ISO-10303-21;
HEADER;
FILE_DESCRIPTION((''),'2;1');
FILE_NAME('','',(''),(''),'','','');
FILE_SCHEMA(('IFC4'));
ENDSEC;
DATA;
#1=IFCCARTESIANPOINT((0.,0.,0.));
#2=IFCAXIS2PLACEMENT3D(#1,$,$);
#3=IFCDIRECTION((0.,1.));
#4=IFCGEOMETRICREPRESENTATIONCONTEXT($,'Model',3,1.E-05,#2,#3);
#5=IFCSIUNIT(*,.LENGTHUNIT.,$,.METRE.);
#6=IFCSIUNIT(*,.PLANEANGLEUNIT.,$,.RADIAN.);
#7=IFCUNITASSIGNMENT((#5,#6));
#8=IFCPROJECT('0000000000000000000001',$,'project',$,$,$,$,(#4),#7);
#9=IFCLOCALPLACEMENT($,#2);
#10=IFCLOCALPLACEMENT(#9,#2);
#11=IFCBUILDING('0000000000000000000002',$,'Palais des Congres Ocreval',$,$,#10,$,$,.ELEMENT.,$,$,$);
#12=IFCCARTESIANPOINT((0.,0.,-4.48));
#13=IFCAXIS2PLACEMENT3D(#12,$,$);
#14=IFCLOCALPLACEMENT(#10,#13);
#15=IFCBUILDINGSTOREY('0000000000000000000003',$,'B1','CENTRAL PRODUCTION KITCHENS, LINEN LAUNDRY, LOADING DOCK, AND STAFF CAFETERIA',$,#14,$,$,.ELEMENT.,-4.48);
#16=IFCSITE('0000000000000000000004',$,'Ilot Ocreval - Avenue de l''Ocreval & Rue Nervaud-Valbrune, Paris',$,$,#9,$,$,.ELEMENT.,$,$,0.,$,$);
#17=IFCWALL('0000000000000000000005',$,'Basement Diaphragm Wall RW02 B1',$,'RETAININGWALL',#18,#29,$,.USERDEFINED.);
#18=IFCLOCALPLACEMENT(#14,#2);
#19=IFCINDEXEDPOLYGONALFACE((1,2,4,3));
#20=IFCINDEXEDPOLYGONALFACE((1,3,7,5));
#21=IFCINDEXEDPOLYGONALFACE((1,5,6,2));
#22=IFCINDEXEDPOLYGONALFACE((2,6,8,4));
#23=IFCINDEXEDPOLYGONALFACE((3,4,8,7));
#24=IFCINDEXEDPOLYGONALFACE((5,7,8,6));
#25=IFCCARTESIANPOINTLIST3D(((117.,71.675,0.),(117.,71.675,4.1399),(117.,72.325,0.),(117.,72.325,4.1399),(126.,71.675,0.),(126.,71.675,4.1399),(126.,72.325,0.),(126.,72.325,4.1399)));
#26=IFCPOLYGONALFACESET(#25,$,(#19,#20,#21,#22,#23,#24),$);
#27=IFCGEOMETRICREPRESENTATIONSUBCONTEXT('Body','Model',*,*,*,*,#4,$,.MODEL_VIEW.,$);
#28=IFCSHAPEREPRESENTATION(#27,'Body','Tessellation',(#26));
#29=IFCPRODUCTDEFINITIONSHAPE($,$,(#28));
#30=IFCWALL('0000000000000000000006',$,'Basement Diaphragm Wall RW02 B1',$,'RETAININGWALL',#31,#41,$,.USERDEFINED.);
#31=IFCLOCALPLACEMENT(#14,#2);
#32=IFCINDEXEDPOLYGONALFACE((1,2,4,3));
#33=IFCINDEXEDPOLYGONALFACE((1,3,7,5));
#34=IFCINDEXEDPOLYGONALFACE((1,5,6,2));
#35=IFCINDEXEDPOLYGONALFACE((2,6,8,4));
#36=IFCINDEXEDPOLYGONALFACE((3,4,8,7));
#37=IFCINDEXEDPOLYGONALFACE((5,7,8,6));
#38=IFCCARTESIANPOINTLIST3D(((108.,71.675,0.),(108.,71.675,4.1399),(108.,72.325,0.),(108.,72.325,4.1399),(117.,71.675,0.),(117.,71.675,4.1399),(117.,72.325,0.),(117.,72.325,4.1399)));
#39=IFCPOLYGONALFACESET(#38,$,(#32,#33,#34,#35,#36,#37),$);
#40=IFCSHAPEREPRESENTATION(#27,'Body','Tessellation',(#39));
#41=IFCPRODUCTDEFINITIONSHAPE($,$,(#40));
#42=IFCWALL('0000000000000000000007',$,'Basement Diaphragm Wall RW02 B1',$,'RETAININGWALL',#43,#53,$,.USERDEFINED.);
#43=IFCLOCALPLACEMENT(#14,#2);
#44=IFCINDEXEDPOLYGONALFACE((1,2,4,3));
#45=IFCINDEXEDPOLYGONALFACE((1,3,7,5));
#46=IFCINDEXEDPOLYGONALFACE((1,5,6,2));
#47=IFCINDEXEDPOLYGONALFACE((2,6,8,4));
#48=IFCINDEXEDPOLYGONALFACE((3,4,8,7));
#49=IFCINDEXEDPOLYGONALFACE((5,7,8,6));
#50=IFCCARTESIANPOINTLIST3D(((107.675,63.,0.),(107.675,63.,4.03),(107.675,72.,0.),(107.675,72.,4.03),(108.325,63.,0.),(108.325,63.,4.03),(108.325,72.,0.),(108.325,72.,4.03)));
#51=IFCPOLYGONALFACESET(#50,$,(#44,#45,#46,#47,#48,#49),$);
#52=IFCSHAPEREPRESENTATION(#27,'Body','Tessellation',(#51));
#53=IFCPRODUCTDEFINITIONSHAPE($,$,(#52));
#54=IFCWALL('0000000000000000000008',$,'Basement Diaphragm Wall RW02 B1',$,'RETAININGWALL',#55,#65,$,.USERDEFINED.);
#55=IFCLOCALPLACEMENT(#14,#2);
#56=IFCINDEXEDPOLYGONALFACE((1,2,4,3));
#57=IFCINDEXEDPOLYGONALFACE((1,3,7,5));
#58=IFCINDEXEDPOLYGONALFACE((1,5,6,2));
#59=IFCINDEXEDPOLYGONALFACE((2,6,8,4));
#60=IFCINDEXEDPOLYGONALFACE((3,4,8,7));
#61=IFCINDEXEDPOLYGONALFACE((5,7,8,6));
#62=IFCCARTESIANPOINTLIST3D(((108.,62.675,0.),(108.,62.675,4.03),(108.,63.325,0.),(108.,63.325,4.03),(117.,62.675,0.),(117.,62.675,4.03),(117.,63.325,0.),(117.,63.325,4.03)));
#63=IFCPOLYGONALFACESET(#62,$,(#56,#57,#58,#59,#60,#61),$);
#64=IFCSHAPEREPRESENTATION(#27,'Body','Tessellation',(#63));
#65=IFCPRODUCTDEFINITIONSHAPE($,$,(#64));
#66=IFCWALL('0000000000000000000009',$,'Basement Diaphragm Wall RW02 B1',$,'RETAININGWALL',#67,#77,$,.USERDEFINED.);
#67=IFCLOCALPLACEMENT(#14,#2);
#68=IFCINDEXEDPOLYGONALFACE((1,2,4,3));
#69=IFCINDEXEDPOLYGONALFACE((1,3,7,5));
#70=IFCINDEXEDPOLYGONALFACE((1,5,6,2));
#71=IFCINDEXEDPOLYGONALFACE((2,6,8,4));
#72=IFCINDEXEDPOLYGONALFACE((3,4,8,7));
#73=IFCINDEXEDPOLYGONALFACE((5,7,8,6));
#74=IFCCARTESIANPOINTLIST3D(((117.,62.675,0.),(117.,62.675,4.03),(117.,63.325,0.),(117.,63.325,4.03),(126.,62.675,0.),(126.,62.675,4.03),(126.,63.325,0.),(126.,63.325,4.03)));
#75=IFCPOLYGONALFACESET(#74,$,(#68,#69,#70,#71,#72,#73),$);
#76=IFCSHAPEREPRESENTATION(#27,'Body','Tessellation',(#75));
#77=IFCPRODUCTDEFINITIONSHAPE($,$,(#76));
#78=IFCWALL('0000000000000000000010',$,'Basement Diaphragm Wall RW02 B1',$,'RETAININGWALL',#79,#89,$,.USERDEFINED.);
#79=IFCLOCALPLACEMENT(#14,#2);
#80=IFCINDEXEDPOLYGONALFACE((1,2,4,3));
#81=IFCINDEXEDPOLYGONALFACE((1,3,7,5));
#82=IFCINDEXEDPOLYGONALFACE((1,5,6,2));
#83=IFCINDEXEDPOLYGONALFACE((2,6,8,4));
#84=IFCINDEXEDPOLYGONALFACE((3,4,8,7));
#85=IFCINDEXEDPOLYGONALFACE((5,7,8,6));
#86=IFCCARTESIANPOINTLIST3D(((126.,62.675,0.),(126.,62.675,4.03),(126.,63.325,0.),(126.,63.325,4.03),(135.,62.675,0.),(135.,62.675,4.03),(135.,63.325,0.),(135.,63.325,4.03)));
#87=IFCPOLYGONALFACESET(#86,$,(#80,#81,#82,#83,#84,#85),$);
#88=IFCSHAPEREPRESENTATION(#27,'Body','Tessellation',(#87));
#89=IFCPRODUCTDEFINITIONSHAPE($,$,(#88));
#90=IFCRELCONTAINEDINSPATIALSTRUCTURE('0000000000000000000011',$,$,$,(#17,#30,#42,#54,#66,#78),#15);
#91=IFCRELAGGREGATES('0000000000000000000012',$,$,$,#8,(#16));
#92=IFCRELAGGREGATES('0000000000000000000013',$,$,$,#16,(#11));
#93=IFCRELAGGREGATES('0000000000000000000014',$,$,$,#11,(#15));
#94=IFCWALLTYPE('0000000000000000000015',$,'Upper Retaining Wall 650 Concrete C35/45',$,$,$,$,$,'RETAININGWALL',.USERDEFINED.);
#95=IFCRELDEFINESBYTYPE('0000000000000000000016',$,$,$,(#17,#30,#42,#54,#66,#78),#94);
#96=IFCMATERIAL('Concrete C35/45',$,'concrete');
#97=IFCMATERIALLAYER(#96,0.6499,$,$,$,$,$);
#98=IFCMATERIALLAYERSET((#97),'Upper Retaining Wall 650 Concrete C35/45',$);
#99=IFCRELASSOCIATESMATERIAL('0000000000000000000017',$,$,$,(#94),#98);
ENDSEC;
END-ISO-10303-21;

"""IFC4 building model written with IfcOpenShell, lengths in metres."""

from ifc_helpers import new_model, si_unit, direction, frame, frame_2d, origin, place, context, subcontext, project, spatial, rectangle, extrude, material, layer, layer_set, type_object, element, save


model = new_model("IFC4")

# Units and contexts
model_context = context("Model", 3, precision=1e-05, world=origin(), true_north=direction((0.0, 1.0)))
body_context = subcontext(model_context, "Body", "Model", "MODEL_VIEW")
ifc_project = project(units=[si_unit("LENGTHUNIT", "METRE"), si_unit("PLANEANGLEUNIT", "RADIAN")], contexts=[model_context])

# Site, building, storey
site_placement = place(None, origin())
site = spatial("IfcSite", under=ifc_project, at=site_placement, Name="Ilot Ocreval - Avenue de l'Ocreval & Rue Nervaud-Valbrune, Paris", CompositionType="ELEMENT", RefElevation=0.0)
building_placement = place(site_placement, origin())
building = spatial("IfcBuilding", under=site, at=building_placement, Name="Palais des Congres Ocreval", CompositionType="ELEMENT")
storey_placement = place(building_placement, frame((0.0, 0.0, -4.48)))
storey = spatial("IfcBuildingStorey", under=building, at=storey_placement, Name="B1", Description="CENTRAL PRODUCTION KITCHENS, LINEN LAUNDRY, LOADING DOCK, AND STAFF CAFETERIA", CompositionType="ELEMENT", Elevation=-4.48)

# Shared definitions
ifc_material_1 = material(Name="Concrete C35/45", Category="concrete")

# Walls
ifc_layer_1 = layer(ifc_material_1, 0.6499)
ifc_layer_set_1 = layer_set([ifc_layer_1], Name="Upper Retaining Wall 650 Concrete C35/45")
wall_type_1 = type_object("IfcWallType", Name="Upper Retaining Wall 650 Concrete C35/45", ElementType="RETAININGWALL", PredefinedType="USERDEFINED", material=ifc_layer_set_1)
for number, where, z_axis, x_axis, name in (
    (1, (126.0, 72.0, 0.0), (0.0, 0.0, 1.0), (-1.0, 0.0, 0.0), "Basement Diaphragm Wall RW02 B1"),
    (2, (117.0, 72.0, 0.0), (0.0, 0.0, 1.0), (-1.0, 0.0, 0.0), "Basement Diaphragm Wall RW02 B1"),
):
    element("IfcWall", number, at=place(storey_placement, frame(where, z_axis=z_axis, x_axis=x_axis)), inside=storey, type_object=wall_type_1, Name=name, ObjectType="RETAININGWALL", PredefinedType="USERDEFINED", context=body_context, shape_type="SweptSolid", body=[
        extrude(rectangle(XDim=9.0, YDim=0.6499, at=frame_2d((4.5, 0.0))), origin(), (0.0, 0.0, 1.0), 4.1399),
    ])
for number, where, z_axis, x_axis, name in (
    (3, (108.0, 72.0, 0.0), (0.0, 0.0, 1.0), (0.0, -1.0, 0.0), "Basement Diaphragm Wall RW02 B1"),
    (4, (108.0, 63.0, 0.0), (0.0, 0.0, 1.0), (1.0, 0.0, 0.0), "Basement Diaphragm Wall RW02 B1"),
    (5, (117.0, 63.0, 0.0), (0.0, 0.0, 1.0), (1.0, 0.0, 0.0), "Basement Diaphragm Wall RW02 B1"),
    (6, (126.0, 63.0, 0.0), (0.0, 0.0, 1.0), (1.0, 0.0, 0.0), "Basement Diaphragm Wall RW02 B1"),
):
    element("IfcWall", number, at=place(storey_placement, frame(where, z_axis=z_axis, x_axis=x_axis)), inside=storey, type_object=wall_type_1, Name=name, ObjectType="RETAININGWALL", PredefinedType="USERDEFINED", context=body_context, shape_type="SweptSolid", body=[
        extrude(rectangle(XDim=9.0, YDim=0.6499, at=frame_2d((4.5, 0.0))), origin(), (0.0, 0.0, 1.0), 4.03),
    ])

save(model, "model.ifc")
